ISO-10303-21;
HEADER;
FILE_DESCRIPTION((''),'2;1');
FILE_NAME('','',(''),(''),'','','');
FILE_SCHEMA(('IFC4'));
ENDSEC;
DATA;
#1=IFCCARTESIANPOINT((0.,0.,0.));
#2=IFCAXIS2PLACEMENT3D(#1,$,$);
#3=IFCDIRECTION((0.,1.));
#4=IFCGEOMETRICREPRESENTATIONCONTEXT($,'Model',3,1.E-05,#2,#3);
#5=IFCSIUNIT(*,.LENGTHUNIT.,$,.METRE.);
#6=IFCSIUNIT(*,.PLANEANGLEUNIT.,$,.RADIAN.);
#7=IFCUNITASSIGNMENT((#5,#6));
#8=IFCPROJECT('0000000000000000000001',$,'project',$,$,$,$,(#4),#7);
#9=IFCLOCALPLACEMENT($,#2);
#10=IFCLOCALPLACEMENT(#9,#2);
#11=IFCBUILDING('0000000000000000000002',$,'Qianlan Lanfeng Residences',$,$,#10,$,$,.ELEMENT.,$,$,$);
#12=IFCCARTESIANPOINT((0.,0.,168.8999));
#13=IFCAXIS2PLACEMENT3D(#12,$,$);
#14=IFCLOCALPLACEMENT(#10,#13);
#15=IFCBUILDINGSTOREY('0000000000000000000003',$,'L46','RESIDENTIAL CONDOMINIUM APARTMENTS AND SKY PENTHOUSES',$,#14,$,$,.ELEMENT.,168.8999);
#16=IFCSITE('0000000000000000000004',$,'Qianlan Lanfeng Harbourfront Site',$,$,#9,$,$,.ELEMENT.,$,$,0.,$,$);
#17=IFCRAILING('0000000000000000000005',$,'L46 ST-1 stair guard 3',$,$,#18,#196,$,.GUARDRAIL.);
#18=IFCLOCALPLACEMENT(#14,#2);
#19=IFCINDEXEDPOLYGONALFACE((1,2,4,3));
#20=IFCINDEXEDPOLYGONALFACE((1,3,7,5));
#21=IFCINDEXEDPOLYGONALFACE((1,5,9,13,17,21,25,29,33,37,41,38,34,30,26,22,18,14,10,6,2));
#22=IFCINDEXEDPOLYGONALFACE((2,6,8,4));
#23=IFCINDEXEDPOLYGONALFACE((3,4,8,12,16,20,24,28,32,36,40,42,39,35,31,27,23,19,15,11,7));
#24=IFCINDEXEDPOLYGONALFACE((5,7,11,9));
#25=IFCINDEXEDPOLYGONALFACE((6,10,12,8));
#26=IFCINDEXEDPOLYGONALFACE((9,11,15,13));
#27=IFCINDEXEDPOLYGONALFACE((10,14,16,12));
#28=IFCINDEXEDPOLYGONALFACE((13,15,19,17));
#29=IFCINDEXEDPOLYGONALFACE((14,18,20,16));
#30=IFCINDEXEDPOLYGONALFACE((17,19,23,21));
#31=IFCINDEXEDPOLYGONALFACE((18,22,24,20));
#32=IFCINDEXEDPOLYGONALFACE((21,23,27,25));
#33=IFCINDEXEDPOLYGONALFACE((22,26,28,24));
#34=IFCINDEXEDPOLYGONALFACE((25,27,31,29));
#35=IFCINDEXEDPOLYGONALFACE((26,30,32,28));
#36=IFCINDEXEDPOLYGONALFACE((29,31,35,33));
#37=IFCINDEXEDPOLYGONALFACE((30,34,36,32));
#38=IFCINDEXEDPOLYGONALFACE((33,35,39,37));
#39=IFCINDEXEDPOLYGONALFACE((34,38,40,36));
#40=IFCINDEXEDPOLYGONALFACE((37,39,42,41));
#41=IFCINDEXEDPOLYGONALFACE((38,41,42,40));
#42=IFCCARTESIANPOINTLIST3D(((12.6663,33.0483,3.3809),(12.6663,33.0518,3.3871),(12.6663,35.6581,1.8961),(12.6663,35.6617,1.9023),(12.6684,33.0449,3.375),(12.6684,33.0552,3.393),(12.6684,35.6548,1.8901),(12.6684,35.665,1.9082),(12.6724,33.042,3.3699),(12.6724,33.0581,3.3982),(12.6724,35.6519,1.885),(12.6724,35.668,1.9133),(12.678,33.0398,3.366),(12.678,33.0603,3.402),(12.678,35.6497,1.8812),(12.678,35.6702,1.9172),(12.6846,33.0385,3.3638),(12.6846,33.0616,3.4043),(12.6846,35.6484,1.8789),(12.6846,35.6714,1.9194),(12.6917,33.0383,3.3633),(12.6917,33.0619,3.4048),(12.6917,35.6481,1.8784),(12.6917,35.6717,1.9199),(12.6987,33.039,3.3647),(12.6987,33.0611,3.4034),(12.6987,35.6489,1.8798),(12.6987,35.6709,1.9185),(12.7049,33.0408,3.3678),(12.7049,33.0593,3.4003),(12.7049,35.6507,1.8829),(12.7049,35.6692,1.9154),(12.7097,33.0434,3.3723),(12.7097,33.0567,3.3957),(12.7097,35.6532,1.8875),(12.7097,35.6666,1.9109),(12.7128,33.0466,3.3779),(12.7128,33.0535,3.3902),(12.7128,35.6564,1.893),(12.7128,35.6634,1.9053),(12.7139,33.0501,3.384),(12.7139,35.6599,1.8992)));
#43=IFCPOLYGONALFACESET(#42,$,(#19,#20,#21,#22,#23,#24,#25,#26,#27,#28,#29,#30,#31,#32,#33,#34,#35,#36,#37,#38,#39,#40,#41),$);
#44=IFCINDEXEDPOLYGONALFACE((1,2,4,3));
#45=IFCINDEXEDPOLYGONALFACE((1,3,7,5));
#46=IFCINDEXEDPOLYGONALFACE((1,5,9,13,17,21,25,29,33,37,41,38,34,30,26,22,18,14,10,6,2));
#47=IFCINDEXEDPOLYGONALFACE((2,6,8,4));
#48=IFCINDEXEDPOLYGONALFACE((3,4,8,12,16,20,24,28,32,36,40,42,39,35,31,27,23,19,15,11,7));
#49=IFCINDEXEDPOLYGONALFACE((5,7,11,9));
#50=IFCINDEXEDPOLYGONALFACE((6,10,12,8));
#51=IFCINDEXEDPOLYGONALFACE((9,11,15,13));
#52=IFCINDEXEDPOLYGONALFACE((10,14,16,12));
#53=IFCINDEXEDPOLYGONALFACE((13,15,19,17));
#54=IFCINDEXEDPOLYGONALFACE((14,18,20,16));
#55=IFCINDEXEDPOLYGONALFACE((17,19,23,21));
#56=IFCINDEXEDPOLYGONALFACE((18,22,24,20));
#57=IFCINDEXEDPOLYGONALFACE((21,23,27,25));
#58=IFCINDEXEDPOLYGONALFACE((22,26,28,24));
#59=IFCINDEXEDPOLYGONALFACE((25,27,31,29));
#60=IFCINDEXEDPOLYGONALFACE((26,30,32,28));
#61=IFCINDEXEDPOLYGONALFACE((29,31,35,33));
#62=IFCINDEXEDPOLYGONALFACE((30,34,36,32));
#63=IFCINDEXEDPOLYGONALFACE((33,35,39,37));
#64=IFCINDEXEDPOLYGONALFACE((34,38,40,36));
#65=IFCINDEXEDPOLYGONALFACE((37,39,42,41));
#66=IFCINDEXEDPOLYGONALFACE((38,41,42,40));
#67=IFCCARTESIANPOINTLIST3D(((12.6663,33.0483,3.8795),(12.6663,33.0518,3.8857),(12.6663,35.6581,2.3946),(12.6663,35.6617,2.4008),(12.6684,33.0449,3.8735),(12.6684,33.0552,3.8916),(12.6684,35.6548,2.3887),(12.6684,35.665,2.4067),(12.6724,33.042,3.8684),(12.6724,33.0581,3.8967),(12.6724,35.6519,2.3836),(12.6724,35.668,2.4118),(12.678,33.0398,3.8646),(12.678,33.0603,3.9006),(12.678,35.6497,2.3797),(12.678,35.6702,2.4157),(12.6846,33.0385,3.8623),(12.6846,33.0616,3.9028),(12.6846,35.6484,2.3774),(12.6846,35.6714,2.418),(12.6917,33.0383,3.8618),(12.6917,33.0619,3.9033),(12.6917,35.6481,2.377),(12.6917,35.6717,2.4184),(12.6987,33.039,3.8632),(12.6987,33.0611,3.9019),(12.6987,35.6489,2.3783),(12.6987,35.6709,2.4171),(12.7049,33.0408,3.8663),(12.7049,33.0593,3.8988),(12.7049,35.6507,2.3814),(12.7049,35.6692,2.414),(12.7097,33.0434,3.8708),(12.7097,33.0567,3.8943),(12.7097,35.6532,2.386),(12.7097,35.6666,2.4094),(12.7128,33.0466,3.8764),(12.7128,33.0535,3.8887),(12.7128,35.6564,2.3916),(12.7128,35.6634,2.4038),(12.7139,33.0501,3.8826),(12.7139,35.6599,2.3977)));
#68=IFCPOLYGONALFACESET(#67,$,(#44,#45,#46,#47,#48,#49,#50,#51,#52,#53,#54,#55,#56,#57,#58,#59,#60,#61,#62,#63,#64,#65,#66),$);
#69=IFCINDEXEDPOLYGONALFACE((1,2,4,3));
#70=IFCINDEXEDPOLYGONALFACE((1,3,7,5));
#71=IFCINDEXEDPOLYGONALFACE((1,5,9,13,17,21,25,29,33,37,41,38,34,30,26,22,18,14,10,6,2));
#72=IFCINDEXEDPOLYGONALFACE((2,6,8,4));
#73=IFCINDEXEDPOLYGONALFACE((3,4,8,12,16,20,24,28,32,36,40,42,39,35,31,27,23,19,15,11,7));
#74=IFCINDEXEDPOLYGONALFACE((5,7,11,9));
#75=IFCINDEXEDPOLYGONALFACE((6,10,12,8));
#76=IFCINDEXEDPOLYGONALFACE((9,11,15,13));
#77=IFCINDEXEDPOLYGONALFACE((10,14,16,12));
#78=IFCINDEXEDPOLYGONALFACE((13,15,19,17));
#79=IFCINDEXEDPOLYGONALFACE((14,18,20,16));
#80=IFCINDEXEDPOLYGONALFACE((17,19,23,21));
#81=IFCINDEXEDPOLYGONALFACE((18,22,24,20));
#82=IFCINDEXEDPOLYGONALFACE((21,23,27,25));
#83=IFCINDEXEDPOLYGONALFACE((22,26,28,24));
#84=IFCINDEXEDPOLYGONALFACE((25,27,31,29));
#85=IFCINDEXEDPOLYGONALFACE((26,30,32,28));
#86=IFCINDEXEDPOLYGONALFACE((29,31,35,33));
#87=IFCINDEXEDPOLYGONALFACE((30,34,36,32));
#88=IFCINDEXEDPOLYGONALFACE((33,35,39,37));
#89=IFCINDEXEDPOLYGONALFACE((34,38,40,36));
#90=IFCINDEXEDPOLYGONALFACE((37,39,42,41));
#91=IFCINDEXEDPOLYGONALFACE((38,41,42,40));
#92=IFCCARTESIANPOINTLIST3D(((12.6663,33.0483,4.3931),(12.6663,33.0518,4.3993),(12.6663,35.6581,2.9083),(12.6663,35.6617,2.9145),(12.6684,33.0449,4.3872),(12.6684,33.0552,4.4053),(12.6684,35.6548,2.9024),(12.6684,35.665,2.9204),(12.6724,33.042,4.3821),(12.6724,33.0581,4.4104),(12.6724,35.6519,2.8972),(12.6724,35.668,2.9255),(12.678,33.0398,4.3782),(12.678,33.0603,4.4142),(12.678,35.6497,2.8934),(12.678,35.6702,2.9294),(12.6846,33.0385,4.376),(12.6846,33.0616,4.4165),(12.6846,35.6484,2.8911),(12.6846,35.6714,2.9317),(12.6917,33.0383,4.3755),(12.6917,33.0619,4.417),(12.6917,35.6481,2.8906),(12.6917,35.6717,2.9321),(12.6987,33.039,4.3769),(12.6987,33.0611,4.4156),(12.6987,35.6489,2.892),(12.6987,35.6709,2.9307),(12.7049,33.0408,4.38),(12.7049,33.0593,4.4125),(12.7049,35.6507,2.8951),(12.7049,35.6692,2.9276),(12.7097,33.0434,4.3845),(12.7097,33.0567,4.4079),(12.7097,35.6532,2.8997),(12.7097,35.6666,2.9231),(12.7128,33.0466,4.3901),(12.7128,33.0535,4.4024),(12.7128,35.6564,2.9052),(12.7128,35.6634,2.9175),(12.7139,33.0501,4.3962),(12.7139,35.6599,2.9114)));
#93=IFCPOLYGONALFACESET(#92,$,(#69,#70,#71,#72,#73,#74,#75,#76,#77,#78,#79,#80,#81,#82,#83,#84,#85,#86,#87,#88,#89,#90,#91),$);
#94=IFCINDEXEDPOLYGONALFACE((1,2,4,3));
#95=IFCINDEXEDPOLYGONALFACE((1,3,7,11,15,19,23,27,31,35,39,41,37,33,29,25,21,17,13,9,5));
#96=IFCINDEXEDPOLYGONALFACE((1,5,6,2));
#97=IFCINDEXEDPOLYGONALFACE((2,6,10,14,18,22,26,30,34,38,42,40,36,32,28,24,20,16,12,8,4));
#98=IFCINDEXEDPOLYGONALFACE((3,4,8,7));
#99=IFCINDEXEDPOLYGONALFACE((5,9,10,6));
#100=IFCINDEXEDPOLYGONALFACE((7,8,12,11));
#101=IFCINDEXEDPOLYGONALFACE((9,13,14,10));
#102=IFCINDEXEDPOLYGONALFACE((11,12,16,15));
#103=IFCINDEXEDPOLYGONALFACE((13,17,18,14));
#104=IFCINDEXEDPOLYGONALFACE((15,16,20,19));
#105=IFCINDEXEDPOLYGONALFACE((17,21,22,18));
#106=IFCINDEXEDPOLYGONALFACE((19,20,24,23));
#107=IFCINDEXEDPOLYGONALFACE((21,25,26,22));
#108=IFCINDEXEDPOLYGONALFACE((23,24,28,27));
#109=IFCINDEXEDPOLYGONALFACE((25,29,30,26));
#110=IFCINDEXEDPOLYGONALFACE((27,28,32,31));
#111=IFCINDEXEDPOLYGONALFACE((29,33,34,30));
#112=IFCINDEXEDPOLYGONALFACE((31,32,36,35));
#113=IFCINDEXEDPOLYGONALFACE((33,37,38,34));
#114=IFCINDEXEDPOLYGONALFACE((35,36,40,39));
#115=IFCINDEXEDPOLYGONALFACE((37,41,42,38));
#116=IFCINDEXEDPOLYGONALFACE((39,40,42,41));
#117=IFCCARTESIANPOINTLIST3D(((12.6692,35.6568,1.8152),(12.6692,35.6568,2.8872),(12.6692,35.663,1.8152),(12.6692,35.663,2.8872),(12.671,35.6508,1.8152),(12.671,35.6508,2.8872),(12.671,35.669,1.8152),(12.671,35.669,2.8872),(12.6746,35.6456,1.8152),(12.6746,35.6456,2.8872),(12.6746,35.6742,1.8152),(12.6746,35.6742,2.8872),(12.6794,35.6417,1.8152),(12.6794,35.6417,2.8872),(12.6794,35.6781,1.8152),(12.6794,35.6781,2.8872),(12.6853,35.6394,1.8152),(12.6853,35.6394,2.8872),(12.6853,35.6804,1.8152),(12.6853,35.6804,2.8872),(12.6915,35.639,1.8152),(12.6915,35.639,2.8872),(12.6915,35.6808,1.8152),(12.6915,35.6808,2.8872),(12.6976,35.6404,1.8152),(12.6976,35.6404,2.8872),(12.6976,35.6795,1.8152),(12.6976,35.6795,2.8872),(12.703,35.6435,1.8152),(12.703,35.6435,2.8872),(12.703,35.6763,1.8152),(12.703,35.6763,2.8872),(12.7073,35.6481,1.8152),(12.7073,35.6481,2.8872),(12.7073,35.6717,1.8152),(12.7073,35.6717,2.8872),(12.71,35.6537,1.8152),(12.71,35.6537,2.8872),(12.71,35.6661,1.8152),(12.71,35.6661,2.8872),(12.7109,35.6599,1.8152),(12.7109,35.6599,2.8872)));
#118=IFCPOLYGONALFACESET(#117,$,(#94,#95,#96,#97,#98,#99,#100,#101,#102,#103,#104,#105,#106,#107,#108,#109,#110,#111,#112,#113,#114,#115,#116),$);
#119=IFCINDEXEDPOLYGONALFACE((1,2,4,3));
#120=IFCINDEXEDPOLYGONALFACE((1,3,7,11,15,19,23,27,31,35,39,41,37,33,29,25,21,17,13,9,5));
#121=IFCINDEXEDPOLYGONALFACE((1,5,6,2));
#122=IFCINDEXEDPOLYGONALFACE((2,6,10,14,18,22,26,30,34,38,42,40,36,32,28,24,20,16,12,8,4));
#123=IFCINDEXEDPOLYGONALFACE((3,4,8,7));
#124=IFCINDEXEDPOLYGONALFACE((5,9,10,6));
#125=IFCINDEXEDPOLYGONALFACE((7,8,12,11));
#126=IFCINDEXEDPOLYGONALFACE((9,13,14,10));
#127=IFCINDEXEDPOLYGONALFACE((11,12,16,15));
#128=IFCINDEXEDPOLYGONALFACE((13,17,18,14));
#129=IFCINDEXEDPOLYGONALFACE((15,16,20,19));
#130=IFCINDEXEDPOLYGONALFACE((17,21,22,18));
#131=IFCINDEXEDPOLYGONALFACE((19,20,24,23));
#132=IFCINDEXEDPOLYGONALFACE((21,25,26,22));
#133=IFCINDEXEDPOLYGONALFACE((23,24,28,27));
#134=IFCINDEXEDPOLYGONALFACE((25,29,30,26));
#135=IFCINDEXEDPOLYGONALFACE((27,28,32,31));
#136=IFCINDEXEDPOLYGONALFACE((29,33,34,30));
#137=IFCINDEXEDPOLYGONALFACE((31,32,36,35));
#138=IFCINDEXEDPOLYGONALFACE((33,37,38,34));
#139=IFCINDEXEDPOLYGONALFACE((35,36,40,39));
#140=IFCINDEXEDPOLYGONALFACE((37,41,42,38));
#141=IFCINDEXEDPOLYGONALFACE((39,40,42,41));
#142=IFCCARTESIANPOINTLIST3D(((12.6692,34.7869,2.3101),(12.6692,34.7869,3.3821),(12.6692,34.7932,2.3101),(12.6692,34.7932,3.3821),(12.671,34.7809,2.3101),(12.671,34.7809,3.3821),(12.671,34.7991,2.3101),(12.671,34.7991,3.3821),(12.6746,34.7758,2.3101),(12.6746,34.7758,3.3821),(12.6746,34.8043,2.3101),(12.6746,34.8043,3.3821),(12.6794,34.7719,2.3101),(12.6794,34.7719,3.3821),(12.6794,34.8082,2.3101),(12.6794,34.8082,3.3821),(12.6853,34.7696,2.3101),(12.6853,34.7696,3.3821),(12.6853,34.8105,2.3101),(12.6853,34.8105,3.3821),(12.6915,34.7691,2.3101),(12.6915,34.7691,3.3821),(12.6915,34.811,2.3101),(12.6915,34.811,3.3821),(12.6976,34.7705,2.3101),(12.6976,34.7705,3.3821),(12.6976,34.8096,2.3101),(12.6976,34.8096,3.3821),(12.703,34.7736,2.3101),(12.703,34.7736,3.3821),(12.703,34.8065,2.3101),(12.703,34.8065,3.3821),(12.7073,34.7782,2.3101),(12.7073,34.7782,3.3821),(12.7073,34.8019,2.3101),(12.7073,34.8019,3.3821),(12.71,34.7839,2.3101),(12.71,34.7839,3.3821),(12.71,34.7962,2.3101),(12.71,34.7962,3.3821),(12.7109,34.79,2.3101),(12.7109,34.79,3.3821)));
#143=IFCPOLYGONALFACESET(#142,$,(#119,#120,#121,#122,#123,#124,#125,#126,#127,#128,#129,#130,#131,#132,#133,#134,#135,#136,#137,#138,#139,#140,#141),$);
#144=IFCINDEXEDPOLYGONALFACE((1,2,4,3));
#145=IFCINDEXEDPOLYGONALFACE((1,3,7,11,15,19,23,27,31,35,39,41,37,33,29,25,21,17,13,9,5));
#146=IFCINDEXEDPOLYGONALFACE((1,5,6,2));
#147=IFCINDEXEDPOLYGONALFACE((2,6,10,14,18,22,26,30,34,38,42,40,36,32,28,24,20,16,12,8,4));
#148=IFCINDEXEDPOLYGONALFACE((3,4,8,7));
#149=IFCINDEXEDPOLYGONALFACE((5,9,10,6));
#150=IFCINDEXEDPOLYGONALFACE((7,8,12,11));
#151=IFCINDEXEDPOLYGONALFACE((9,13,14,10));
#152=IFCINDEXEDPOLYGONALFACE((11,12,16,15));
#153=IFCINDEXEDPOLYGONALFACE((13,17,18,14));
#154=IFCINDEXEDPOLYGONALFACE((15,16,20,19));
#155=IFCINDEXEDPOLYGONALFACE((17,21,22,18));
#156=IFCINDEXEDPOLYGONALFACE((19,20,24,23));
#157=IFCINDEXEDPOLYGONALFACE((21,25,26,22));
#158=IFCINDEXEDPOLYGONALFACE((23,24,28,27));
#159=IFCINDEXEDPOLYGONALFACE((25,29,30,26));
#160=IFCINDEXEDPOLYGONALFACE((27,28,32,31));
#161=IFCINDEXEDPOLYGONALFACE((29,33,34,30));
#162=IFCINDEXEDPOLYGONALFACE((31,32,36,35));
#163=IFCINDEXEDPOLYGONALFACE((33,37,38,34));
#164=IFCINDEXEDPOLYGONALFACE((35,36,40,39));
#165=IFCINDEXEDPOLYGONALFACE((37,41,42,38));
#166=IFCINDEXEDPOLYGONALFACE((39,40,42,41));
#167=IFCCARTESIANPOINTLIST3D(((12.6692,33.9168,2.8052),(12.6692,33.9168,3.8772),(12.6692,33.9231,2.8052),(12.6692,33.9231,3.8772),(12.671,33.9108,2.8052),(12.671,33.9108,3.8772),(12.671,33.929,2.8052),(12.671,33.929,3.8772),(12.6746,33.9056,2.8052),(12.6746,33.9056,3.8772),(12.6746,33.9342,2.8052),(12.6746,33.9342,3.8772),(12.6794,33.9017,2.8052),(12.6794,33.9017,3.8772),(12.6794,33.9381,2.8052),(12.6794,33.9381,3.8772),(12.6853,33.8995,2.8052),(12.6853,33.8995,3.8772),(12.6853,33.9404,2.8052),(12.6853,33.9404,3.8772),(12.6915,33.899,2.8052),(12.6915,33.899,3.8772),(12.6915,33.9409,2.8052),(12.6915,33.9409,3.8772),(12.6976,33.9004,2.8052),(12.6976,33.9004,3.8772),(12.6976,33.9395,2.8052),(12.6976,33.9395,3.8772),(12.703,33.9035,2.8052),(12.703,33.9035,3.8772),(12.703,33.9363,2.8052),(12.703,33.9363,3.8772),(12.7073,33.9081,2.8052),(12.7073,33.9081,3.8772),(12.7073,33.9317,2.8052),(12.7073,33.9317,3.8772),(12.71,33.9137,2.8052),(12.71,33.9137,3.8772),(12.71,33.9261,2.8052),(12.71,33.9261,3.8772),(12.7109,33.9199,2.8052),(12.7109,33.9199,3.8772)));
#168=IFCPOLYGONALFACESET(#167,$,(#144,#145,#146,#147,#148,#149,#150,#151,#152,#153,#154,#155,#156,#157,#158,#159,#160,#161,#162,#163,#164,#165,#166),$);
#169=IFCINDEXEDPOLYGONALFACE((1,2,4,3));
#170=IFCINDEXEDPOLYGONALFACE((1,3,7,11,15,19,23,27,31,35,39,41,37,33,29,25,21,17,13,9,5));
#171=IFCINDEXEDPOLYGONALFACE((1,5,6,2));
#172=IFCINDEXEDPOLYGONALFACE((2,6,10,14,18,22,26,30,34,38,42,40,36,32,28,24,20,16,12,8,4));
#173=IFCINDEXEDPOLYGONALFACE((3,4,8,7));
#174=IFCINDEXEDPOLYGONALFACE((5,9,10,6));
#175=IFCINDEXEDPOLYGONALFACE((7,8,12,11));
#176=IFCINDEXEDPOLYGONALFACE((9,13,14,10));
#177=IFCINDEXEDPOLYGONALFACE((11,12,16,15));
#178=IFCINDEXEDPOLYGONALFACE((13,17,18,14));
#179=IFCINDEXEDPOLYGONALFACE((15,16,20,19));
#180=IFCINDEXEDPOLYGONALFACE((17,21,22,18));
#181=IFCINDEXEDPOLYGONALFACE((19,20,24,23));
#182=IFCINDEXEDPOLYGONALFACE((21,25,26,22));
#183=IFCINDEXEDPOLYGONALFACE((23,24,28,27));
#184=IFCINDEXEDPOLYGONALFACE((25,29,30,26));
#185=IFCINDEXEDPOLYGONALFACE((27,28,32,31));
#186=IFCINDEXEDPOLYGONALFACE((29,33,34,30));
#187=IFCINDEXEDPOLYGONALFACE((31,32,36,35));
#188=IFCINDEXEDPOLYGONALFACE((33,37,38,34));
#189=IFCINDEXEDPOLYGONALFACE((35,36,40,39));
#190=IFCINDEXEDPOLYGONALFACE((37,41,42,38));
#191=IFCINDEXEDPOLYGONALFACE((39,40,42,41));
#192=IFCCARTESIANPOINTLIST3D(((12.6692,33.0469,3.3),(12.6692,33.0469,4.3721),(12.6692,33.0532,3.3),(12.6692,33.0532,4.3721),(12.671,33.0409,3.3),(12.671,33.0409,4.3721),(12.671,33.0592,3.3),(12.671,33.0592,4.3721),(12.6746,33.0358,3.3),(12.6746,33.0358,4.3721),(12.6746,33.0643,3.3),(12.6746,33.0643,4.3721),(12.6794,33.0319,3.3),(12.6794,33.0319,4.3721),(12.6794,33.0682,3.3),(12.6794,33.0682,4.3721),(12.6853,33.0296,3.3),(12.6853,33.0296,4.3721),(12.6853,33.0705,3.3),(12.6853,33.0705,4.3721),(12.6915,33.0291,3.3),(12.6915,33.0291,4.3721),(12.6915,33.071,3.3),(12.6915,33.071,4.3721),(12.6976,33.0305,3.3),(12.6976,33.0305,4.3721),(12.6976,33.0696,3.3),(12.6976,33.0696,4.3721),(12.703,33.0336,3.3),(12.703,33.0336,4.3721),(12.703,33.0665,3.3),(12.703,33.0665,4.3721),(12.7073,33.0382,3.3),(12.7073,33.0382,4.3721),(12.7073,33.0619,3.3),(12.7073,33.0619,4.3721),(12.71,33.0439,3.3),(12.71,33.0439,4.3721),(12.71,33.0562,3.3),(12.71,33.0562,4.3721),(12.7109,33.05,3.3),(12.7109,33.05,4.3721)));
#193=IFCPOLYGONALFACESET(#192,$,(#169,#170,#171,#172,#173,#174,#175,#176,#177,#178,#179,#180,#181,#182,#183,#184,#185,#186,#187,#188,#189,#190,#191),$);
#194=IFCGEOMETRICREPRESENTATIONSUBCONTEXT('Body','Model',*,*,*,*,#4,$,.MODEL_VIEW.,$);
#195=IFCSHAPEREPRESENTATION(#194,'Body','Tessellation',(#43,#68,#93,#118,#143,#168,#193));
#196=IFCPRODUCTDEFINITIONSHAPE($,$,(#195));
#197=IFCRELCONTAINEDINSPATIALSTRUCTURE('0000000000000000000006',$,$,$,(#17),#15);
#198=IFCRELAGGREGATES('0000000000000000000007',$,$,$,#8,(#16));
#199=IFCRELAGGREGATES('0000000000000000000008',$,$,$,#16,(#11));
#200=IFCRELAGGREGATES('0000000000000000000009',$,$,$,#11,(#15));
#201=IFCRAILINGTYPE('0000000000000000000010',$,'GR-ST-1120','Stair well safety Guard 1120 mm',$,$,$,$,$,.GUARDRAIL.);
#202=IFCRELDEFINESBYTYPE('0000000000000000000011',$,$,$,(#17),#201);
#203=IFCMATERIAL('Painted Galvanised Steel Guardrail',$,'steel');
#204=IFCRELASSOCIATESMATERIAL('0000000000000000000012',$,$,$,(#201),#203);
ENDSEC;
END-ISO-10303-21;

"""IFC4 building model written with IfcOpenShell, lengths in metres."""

from ifc_helpers import new_model, si_unit, direction, frame, origin, origin_2d, place, context, subcontext, project, spatial, circle, extrude, material, type_object, element, save


model = new_model("IFC4")

# Units and contexts
model_context = context("Model", 3, precision=1e-05, world=origin(), true_north=direction((0.0, 1.0)))
body_context = subcontext(model_context, "Body", "Model", "MODEL_VIEW")
ifc_project = project(units=[si_unit("LENGTHUNIT", "METRE"), si_unit("PLANEANGLEUNIT", "RADIAN")], contexts=[model_context])

# Site, building, storey
site_placement = place(None, origin())
site = spatial("IfcSite", under=ifc_project, at=site_placement, Name="Qianlan Lanfeng Harbourfront Site", CompositionType="ELEMENT", RefElevation=0.0)
building_placement = place(site_placement, origin())
building = spatial("IfcBuilding", under=site, at=building_placement, Name="Qianlan Lanfeng Residences", CompositionType="ELEMENT")
storey_placement = place(building_placement, frame((0.0, 0.0, 168.8999)))
storey = spatial("IfcBuildingStorey", under=building, at=storey_placement, Name="L46", Description="RESIDENTIAL CONDOMINIUM APARTMENTS AND SKY PENTHOUSES", CompositionType="ELEMENT", Elevation=168.8999)

# Railing
ifc_material_1 = material(Name="Painted Galvanised Steel Guardrail", Category="steel")
railing_type_1 = type_object("IfcRailingType", Name="GR-ST-1120", Description="Stair well safety Guard 1120 mm", PredefinedType="GUARDRAIL", material=ifc_material_1)
railing_1_placement = place(storey_placement, frame((12.6899, 35.6599, 1.8152)))
element("IfcRailing", 1, at=railing_1_placement, inside=storey, type_object=railing_type_1, Name="L46 ST-1 stair guard 3", PredefinedType="GUARDRAIL", context=body_context, shape_type="SweptSolid", body=[
    extrude(circle(Radius=0.0239, at=origin_2d()), frame((0.0, 0.0, 0.084), z_axis=(0.0, -0.869172, 0.494509), x_axis=(1.0, 0.0, 0.0)), (0.0, 0.0, 1.0), 3.0027),
    extrude(circle(Radius=0.0239, at=origin_2d()), frame((0.0, 0.0, 0.5825), z_axis=(0.0, -0.869172, 0.494509), x_axis=(1.0, 0.0, 0.0)), (0.0, 0.0, 1.0), 3.0027),
    extrude(circle(Radius=0.0239, at=origin_2d()), frame((0.0, 0.0, 1.0962), z_axis=(0.0, -0.869172, 0.494509), x_axis=(1.0, 0.0, 0.0)), (0.0, 0.0, 1.0), 3.0027),
    extrude(circle(Radius=0.021, at=origin_2d()), origin(), (0.0, 0.0, 1.0), 1.072),
    extrude(circle(Radius=0.021, at=origin_2d()), frame((0.0, -0.8699, 0.4949)), (0.0, 0.0, 1.0), 1.072),
    extrude(circle(Radius=0.021, at=origin_2d()), frame((0.0, -1.74, 0.99)), (0.0, 0.0, 1.0), 1.072),
    extrude(circle(Radius=0.021, at=origin_2d()), frame((0.0, -2.6099, 1.4849)), (0.0, 0.0, 1.0), 1.072),
])

save(model, "model.ifc")
